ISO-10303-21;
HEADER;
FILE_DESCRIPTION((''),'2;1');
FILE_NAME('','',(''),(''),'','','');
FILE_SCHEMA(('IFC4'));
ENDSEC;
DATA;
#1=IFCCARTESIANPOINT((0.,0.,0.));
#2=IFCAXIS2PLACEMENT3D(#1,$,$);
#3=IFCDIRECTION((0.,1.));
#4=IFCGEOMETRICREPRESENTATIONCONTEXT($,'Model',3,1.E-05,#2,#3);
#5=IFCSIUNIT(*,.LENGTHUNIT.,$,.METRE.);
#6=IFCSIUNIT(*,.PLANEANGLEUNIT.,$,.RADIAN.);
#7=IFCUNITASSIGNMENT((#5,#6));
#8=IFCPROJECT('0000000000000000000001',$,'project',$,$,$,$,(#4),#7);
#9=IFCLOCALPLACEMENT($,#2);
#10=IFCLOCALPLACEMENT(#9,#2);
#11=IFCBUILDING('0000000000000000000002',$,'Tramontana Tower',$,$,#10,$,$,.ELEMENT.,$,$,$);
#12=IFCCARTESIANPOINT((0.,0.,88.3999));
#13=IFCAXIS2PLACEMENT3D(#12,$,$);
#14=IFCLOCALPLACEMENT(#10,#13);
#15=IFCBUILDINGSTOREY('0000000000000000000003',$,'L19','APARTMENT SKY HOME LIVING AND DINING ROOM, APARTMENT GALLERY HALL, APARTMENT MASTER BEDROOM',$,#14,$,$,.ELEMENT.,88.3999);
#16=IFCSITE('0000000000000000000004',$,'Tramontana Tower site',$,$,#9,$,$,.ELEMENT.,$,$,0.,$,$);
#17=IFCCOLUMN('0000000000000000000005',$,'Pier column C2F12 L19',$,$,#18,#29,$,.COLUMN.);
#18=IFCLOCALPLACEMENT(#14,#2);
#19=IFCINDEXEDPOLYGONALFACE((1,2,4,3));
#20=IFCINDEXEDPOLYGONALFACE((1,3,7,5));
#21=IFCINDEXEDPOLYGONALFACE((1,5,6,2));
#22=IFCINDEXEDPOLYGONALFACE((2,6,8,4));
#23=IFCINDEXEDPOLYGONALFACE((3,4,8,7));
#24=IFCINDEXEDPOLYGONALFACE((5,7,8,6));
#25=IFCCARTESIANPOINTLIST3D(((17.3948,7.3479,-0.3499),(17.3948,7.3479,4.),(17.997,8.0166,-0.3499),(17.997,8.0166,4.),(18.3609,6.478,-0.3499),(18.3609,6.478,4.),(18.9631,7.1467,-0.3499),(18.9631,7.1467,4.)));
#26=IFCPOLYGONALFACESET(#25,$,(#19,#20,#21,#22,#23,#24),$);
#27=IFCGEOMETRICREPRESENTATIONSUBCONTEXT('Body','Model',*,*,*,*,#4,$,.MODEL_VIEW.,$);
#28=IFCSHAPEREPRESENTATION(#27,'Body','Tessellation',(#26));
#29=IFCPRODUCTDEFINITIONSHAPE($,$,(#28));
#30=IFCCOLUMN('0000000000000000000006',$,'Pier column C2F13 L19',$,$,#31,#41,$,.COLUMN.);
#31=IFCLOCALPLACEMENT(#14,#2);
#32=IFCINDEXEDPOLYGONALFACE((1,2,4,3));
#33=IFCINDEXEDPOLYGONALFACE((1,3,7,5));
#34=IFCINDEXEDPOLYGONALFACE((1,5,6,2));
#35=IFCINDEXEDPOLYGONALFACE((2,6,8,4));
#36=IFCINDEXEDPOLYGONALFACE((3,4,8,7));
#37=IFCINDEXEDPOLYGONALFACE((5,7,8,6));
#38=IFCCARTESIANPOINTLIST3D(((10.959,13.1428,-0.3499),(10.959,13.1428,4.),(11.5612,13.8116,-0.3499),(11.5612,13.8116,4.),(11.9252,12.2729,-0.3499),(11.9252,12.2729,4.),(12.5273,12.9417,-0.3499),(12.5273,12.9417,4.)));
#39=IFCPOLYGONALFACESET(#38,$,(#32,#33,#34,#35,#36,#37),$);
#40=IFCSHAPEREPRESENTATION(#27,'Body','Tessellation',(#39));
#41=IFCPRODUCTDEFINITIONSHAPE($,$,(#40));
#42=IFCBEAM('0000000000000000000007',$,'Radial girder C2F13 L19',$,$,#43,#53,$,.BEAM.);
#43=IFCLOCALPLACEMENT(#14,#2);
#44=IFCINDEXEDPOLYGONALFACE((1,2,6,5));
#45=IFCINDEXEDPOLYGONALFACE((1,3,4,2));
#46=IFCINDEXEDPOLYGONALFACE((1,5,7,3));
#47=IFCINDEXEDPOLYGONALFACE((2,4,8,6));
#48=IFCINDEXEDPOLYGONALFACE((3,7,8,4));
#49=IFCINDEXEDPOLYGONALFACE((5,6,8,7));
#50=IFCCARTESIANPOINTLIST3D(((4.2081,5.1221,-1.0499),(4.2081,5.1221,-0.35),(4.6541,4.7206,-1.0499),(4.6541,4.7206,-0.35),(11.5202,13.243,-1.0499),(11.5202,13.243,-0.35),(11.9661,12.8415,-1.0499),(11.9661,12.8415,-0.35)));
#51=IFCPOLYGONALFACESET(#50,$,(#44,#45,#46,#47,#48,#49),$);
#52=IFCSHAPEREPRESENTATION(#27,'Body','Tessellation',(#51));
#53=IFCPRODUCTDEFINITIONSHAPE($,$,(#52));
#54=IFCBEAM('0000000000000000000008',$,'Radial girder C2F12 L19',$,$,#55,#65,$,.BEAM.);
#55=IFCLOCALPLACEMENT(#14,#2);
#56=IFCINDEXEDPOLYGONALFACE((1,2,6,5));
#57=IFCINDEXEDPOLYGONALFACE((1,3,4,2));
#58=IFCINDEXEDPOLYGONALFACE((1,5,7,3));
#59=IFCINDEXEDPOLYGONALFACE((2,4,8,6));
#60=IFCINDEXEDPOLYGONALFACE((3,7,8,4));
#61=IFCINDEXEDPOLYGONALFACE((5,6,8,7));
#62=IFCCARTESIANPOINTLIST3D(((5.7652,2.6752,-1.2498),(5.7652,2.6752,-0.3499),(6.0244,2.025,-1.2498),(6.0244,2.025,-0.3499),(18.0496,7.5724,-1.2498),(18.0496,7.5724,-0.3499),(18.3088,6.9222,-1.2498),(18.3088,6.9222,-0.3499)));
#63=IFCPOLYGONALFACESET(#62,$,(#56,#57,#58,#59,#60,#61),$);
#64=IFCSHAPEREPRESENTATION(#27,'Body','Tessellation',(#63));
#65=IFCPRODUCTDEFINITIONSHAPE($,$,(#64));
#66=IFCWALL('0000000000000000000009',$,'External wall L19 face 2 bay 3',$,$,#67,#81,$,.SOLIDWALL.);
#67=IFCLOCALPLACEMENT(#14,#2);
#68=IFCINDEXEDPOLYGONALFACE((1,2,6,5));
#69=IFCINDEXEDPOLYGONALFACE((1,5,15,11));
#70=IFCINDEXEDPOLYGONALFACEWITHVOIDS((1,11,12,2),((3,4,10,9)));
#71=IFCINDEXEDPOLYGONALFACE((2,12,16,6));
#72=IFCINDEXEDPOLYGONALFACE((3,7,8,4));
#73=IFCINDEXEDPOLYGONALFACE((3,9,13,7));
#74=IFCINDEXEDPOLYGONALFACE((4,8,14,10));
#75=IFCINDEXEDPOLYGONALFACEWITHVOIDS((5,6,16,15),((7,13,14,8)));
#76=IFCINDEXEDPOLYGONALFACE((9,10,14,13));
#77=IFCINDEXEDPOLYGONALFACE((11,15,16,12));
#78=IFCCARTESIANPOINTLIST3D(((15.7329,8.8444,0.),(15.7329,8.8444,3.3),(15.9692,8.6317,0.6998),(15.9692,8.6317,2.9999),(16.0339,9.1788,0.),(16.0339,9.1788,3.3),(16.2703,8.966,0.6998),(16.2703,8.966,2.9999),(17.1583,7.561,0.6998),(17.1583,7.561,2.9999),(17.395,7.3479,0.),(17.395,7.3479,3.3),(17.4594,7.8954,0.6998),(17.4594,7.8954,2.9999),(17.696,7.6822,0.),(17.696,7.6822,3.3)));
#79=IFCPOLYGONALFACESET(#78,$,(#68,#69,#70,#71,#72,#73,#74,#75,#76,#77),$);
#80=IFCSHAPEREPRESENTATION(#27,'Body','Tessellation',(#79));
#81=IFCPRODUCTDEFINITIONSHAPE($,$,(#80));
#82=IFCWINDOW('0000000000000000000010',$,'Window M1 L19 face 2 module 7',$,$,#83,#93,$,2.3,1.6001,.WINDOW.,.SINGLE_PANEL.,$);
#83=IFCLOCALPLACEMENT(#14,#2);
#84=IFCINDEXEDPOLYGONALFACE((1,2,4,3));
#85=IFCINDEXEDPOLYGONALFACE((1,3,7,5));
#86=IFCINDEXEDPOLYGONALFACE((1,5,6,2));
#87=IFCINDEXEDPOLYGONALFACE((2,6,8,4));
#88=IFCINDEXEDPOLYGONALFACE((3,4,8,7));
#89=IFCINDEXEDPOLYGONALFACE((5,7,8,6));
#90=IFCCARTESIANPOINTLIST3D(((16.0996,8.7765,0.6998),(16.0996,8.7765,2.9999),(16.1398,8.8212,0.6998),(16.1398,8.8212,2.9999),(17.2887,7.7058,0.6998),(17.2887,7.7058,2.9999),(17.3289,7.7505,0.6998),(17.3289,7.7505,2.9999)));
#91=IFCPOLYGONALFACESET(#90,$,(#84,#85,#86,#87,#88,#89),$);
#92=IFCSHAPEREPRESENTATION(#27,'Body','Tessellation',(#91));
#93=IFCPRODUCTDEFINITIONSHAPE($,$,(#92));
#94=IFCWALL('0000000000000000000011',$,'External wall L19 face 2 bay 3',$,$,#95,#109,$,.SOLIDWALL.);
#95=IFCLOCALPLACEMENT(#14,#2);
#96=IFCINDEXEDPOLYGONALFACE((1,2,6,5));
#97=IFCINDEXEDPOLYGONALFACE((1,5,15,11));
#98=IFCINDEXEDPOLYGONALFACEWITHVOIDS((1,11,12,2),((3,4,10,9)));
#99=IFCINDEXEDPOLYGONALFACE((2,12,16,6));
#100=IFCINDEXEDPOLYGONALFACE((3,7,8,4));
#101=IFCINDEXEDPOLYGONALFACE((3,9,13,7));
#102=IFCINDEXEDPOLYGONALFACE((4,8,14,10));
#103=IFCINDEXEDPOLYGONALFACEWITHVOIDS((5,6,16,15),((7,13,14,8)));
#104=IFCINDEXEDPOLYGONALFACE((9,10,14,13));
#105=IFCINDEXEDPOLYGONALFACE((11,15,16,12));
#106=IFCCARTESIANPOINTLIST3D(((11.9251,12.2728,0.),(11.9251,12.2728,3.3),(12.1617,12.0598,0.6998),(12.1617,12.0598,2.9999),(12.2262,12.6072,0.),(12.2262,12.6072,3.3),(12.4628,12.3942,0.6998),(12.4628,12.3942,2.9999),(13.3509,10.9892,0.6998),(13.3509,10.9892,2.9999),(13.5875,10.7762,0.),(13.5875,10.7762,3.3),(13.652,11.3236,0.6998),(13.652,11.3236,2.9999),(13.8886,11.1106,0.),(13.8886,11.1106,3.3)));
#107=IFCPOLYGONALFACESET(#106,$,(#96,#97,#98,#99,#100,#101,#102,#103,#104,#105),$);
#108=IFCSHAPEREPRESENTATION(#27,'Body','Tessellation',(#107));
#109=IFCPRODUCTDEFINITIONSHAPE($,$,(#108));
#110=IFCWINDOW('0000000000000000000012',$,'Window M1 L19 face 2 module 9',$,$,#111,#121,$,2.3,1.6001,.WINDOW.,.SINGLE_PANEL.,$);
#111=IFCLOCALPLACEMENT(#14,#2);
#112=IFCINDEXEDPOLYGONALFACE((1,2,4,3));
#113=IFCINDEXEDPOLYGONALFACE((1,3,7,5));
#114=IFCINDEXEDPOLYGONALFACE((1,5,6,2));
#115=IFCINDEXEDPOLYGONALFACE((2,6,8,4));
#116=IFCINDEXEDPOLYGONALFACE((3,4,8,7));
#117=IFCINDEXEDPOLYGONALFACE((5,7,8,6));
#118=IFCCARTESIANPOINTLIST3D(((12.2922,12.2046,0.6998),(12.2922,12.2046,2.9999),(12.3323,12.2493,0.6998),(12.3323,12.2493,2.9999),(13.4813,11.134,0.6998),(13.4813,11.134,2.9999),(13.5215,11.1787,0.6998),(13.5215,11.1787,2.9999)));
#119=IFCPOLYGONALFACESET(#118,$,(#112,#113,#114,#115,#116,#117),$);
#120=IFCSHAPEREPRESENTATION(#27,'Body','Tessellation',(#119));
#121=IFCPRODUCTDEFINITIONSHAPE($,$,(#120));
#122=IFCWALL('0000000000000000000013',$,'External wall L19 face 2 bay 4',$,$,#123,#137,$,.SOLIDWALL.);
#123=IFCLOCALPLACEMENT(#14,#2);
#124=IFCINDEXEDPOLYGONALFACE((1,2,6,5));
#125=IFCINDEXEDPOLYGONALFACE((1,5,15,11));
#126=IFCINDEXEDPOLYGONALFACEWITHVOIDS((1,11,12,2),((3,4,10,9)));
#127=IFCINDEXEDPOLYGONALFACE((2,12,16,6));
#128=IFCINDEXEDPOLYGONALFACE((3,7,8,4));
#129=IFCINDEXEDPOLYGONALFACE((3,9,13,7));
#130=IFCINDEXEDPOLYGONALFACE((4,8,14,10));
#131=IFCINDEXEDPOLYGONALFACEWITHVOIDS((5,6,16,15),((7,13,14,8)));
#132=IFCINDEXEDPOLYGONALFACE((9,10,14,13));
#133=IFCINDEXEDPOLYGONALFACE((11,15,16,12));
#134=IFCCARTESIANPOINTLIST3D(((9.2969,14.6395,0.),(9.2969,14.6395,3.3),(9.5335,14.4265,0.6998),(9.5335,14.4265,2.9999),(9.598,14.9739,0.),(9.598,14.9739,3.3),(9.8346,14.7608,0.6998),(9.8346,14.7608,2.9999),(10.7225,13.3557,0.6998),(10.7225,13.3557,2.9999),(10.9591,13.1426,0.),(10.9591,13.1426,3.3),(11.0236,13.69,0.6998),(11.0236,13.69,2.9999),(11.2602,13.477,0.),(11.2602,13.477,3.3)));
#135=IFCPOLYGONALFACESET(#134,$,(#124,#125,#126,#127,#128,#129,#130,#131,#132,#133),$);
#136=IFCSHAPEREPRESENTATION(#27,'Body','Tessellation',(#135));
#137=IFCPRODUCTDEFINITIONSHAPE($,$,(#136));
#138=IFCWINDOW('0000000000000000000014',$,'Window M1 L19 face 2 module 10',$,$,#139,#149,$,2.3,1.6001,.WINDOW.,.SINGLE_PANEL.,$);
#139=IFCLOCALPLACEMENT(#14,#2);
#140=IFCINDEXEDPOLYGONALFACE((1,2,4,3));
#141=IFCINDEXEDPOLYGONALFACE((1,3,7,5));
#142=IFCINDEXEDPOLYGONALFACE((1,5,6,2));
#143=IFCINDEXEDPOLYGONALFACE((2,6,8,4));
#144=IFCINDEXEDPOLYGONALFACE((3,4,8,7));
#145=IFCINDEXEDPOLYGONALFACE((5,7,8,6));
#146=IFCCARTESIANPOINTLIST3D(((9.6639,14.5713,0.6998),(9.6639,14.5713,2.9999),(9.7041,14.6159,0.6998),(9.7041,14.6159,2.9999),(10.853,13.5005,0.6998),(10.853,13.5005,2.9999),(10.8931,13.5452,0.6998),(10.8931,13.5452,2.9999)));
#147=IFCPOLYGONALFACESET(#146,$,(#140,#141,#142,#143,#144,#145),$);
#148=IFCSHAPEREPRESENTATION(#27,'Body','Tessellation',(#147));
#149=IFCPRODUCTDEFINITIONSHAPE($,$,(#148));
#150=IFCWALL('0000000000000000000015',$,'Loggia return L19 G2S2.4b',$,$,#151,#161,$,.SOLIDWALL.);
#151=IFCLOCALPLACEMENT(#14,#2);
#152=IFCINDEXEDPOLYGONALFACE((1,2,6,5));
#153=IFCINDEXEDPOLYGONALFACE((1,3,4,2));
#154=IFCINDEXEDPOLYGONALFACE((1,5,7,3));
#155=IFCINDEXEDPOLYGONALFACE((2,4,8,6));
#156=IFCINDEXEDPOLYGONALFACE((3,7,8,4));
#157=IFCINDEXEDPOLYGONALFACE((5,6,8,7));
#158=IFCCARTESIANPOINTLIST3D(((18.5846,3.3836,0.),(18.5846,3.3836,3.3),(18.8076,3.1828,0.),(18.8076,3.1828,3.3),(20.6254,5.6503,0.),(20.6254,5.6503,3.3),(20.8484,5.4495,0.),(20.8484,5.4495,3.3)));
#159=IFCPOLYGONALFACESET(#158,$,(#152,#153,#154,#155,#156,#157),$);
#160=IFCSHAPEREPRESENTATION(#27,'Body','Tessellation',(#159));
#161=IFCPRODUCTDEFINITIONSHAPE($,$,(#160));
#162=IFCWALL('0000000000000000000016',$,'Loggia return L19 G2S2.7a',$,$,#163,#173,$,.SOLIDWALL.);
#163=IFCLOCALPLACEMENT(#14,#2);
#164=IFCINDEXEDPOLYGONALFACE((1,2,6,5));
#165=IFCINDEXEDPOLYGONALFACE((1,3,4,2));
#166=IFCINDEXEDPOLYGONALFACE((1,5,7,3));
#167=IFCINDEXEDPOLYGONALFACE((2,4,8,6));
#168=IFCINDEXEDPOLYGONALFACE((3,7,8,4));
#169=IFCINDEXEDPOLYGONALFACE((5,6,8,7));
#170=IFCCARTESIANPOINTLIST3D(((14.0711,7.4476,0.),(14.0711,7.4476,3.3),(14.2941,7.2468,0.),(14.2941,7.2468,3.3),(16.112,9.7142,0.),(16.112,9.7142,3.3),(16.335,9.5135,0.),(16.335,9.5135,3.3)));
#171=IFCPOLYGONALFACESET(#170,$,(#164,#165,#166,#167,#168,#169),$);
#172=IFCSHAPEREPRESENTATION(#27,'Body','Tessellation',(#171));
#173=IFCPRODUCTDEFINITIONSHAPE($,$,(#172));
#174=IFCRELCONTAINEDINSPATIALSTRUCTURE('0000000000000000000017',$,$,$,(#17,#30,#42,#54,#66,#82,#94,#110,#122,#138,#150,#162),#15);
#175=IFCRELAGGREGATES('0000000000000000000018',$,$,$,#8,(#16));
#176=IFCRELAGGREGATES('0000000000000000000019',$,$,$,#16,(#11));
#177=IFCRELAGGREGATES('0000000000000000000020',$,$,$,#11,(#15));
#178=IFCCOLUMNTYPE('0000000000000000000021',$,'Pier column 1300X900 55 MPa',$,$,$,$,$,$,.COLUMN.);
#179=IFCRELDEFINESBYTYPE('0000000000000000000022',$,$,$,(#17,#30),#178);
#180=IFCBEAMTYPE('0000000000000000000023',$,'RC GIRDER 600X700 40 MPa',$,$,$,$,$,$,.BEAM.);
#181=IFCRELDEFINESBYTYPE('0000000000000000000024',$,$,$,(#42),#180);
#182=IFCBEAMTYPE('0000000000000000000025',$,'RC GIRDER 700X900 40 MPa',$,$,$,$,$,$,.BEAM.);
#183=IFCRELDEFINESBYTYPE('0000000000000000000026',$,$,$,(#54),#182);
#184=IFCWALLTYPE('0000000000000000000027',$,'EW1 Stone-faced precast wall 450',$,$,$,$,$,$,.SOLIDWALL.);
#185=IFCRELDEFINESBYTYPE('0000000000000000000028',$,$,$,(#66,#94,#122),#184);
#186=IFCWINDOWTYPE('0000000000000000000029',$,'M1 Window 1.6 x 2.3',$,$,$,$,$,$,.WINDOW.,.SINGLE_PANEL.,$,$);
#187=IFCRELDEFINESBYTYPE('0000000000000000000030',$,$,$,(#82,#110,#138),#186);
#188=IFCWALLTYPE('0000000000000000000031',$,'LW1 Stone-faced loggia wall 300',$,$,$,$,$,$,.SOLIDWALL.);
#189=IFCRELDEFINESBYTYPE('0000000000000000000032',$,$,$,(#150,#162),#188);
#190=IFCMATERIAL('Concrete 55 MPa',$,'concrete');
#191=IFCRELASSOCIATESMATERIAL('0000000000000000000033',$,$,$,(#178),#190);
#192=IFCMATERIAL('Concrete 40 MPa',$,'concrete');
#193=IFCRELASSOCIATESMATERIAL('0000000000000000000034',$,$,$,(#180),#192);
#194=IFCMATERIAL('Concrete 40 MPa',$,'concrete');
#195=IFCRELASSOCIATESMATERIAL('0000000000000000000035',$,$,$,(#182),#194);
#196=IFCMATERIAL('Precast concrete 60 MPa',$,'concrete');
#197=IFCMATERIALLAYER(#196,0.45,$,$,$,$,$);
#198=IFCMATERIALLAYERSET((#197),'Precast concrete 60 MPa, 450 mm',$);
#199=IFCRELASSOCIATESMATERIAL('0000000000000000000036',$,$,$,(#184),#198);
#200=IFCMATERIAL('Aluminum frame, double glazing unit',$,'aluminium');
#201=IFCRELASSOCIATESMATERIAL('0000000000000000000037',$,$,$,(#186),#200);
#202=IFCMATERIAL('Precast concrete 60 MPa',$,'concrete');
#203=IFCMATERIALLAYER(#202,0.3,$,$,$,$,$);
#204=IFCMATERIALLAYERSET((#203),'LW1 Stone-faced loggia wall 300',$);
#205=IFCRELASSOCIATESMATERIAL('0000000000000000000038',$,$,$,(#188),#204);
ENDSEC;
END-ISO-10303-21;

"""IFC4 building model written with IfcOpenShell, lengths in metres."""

from ifc_helpers import new_model, si_unit, direction, frame, frame_2d, origin, origin_2d, place, context, subcontext, project, spatial, rectangle, extrude, material, layer, layer_set, material_profile, profile_set, type_object, element, fill, save


model = new_model("IFC4")

# Units and contexts
model_context = context("Model", 3, precision=1e-05, world=origin(), true_north=direction((0.0, 1.0)))
body_context = subcontext(model_context, "Body", "Model", "MODEL_VIEW")
ifc_project = project(units=[si_unit("LENGTHUNIT", "METRE"), si_unit("PLANEANGLEUNIT", "RADIAN")], contexts=[model_context])

# Site, building, storey
site_placement = place(None, origin())
site = spatial("IfcSite", under=ifc_project, at=site_placement, Name="Tramontana Tower site", CompositionType="ELEMENT", RefElevation=0.0)
building_placement = place(site_placement, origin())
building = spatial("IfcBuilding", under=site, at=building_placement, Name="Tramontana Tower", CompositionType="ELEMENT")
storey_placement = place(building_placement, frame((0.0, 0.0, 88.3999)))
storey = spatial("IfcBuildingStorey", under=building, at=storey_placement, Name="L19", Description="APARTMENT SKY HOME LIVING AND DINING ROOM, APARTMENT GALLERY HALL, APARTMENT MASTER BEDROOM", CompositionType="ELEMENT", Elevation=88.3999)

# Columns
ifc_material_1 = material(Name="Concrete 55 MPa", Category="concrete")
ifc_material_profile_1 = material_profile(ifc_material_1, rectangle(XDim=1.3, YDim=0.8999, at=origin_2d()), Name="Pier column 1300X900 55 MPa")
ifc_profile_set_1 = profile_set([ifc_material_profile_1], Name="Concrete 55 MPa")
column_type = type_object("IfcColumnType", Name="Pier column 1300X900 55 MPa", PredefinedType="COLUMN", material=ifc_profile_set_1)
for number, where, z_axis, x_axis, name in (
    (1, (18.179, 7.2473, -0.3499), (0.0, 0.0, 1.0), (-0.743145, 0.669131, 0.0), "Pier column C2F12 L19"),
    (2, (11.7432, 13.0422, -0.3499), (0.0, 0.0, 1.0), (-0.743145, 0.669131, 0.0), "Pier column C2F13 L19"),
):
    element("IfcColumn", number, at=place(storey_placement, frame(where, z_axis=z_axis, x_axis=x_axis)), inside=storey, type_object=column_type, Name=name, PredefinedType="COLUMN", context=body_context, shape_type="SweptSolid", body=[
        extrude(rectangle(XDim=1.3, YDim=0.8999, at=origin_2d()), origin(), (0.0, 0.0, 1.0), 4.3499),
    ])

# Beams
ifc_material_2 = material(Name="Concrete 40 MPa", Category="concrete")
ifc_material_profile_2 = material_profile(ifc_material_2, rectangle(XDim=0.6001, YDim=0.7, at=origin_2d()), Name="RC GIRDER 600X700 40 MPa")
ifc_profile_set_2 = profile_set([ifc_material_profile_2], Name="Concrete 40 MPa")
beam_type_1 = type_object("IfcBeamType", Name="RC GIRDER 600X700 40 MPa", PredefinedType="BEAM", material=ifc_profile_set_2)
beam_1_placement = place(storey_placement, frame((11.7432, 13.0422, -0.7), z_axis=(-0.669129, -0.743146, 0.0), x_axis=(0.743146, -0.669129, 0.0)))
element("IfcBeam", 3, at=beam_1_placement, inside=storey, type_object=beam_type_1, Name="Radial girder C2F13 L19", PredefinedType="BEAM", context=body_context, shape_type="SweptSolid", body=[
    extrude(rectangle(XDim=0.6001, YDim=0.7, at=origin_2d()), origin(), (0.0, 0.0, 1.0), 10.9277),
])
ifc_material_3 = material(Name="Concrete 40 MPa", Category="concrete")
ifc_material_profile_3 = material_profile(ifc_material_3, rectangle(XDim=0.7, YDim=0.8999, at=origin_2d()), Name="RC GIRDER 700X900 40 MPa")
ifc_profile_set_3 = profile_set([ifc_material_profile_3], Name="Concrete 40 MPa")
beam_type_2 = type_object("IfcBeamType", Name="RC GIRDER 700X900 40 MPa", PredefinedType="BEAM", material=ifc_profile_set_3)
beam_2_placement = place(storey_placement, frame((18.1792, 7.2473, -0.7998), z_axis=(-0.928908, -0.370311, 0.0), x_axis=(0.370311, -0.928908, 0.0)))
element("IfcBeam", 4, at=beam_2_placement, inside=storey, type_object=beam_type_2, Name="Radial girder C2F12 L19", PredefinedType="BEAM", context=body_context, shape_type="SweptSolid", body=[
    extrude(rectangle(XDim=0.7, YDim=0.8999, at=origin_2d()), origin(), (0.0, 0.0, 1.0), 13.2246),
])

# Walls, openings, windows
ifc_material_4 = material(Name="Precast concrete 60 MPa", Category="concrete")
ifc_layer_1 = layer(ifc_material_4, 0.45)
ifc_layer_set_1 = layer_set([ifc_layer_1], Name="Precast concrete 60 MPa, 450 mm")
wall_type_1 = type_object("IfcWallType", Name="EW1 Stone-faced precast wall 450", PredefinedType="SOLIDWALL", material=ifc_layer_set_1)
wall_1_placement = place(storey_placement, frame((17.5454, 7.5151, 0.0), z_axis=(0.0, 0.0, 1.0), x_axis=(-0.743142, 0.669134, 0.0)))
wall_1 = element("IfcWall", 5, at=wall_1_placement, inside=storey, type_object=wall_type_1, Name="External wall L19 face 2 bay 3", PredefinedType="SOLIDWALL", context=body_context, shape_type="SweptSolid", body=[
    extrude(rectangle(XDim=2.2366, YDim=0.45, at=frame_2d((1.1182, 0.0))), origin(), (0.0, 0.0, 1.0), 3.3),
])
opening_1_placement = place(wall_1_placement, frame((0.3184, 0.0, 0.7)))
opening_1 = element("IfcOpeningElement", 6, at=opening_1_placement, cuts=wall_1, PredefinedType="OPENING", context=body_context, shape_type="SweptSolid", body=[
    extrude(rectangle(XDim=1.6001, YDim=2.3, at=frame_2d((0.8, 1.1499))), frame((0.0, 0.2349, 0.0), z_axis=(0.0, -1.0, 0.0), x_axis=(1.0, 0.0, 0.0)), (0.0, 0.0, 1.0), 0.47),
])
ifc_material_5 = material(Name="Aluminum frame, double glazing unit", Category="aluminium")
window_type = type_object("IfcWindowType", Name="M1 Window 1.6 x 2.3", PartitioningType="SINGLE_PANEL", PredefinedType="WINDOW", material=ifc_material_5)
window_1_placement = place(opening_1_placement, origin())
window_1 = element("IfcWindow", 7, at=window_1_placement, inside=storey, type_object=window_type, Name="Window M1 L19 face 2 module 7", OverallHeight=2.3, OverallWidth=1.6001, PartitioningType="SINGLE_PANEL", PredefinedType="WINDOW", context=body_context, shape_type="SweptSolid", body=[
    extrude(rectangle(XDim=1.6001, YDim=2.3, at=frame_2d((0.8, 1.1499))), frame((0.0, 0.03, 0.0), z_axis=(0.0, -1.0, 0.0), x_axis=(1.0, 0.0, 0.0)), (0.0, 0.0, 1.0), 0.0601),
])
fill(opening_1, window_1)
wall_2_placement = place(storey_placement, frame((13.738, 10.9434, 0.0), z_axis=(0.0, 0.0, 1.0), x_axis=(-0.743191, 0.669079, 0.0)))
wall_2 = element("IfcWall", 8, at=wall_2_placement, inside=storey, type_object=wall_type_1, Name="External wall L19 face 2 bay 3", PredefinedType="SOLIDWALL", context=body_context, shape_type="SweptSolid", body=[
    extrude(rectangle(XDim=2.2368, YDim=0.45, at=frame_2d((1.1184, 0.0))), origin(), (0.0, 0.0, 1.0), 3.3),
])
opening_2_placement = place(wall_2_placement, frame((0.3184, 0.0, 0.7)))
opening_2 = element("IfcOpeningElement", 9, at=opening_2_placement, cuts=wall_2, PredefinedType="OPENING", context=body_context, shape_type="SweptSolid", body=[
    extrude(rectangle(XDim=1.6001, YDim=2.3, at=frame_2d((0.8, 1.1499))), frame((0.0, 0.2349, 0.0), z_axis=(0.0, -1.0, 0.0), x_axis=(1.0, 0.0, 0.0)), (0.0, 0.0, 1.0), 0.47),
])
window_2_placement = place(opening_2_placement, origin())
window_2 = element("IfcWindow", 10, at=window_2_placement, inside=storey, type_object=window_type, Name="Window M1 L19 face 2 module 9", OverallHeight=2.3, OverallWidth=1.6001, PartitioningType="SINGLE_PANEL", PredefinedType="WINDOW", context=body_context, shape_type="SweptSolid", body=[
    extrude(rectangle(XDim=1.6001, YDim=2.3, at=frame_2d((0.8, 1.1499))), frame((0.0, 0.03, 0.0), z_axis=(0.0, -1.0, 0.0), x_axis=(1.0, 0.0, 0.0)), (0.0, 0.0, 1.0), 0.0601),
])
fill(opening_2, window_2)
wall_3_placement = place(storey_placement, frame((11.1096, 13.3098, 0.0), z_axis=(0.0, 0.0, 1.0), x_axis=(-0.743088, 0.669194, 0.0)))
wall_3 = element("IfcWall", 11, at=wall_3_placement, inside=storey, type_object=wall_type_1, Name="External wall L19 face 2 bay 4", PredefinedType="SOLIDWALL", context=body_context, shape_type="SweptSolid", body=[
    extrude(rectangle(XDim=2.2368, YDim=0.45, at=frame_2d((1.1184, 0.0))), origin(), (0.0, 0.0, 1.0), 3.3),
])
opening_3_placement = place(wall_3_placement, frame((0.3184, 0.0, 0.7)))
opening_3 = element("IfcOpeningElement", 12, at=opening_3_placement, cuts=wall_3, PredefinedType="OPENING", context=body_context, shape_type="SweptSolid", body=[
    extrude(rectangle(XDim=1.6001, YDim=2.3, at=frame_2d((0.8, 1.1499))), frame((0.0, 0.2349, 0.0), z_axis=(0.0, -1.0, 0.0), x_axis=(1.0, 0.0, 0.0)), (0.0, 0.0, 1.0), 0.47),
])
window_3_placement = place(opening_3_placement, origin())
window_3 = element("IfcWindow", 13, at=window_3_placement, inside=storey, type_object=window_type, Name="Window M1 L19 face 2 module 10", OverallHeight=2.3, OverallWidth=1.6001, PartitioningType="SINGLE_PANEL", PredefinedType="WINDOW", context=body_context, shape_type="SweptSolid", body=[
    extrude(rectangle(XDim=1.6001, YDim=2.3, at=frame_2d((0.8, 1.1499))), frame((0.0, 0.03, 0.0), z_axis=(0.0, -1.0, 0.0), x_axis=(1.0, 0.0, 0.0)), (0.0, 0.0, 1.0), 0.0601),
])
fill(opening_3, window_3)

# Wall
ifc_material_6 = material(Name="Precast concrete 60 MPa", Category="concrete")
ifc_layer_2 = layer(ifc_material_6, 0.3)
ifc_layer_set_2 = layer_set([ifc_layer_2], Name="LW1 Stone-faced loggia wall 300")
wall_type_2 = type_object("IfcWallType", Name="LW1 Stone-faced loggia wall 300", PredefinedType="SOLIDWALL", material=ifc_layer_set_2)
wall_4_placement = place(storey_placement, frame((20.7368, 5.5498, 0.0), z_axis=(0.0, 0.0, 1.0), x_axis=(-0.669115, -0.743159, 0.0)))
element("IfcWall", 14, at=wall_4_placement, inside=storey, type_object=wall_type_2, Name="Loggia return L19 G2S2.4b", PredefinedType="SOLIDWALL", context=body_context, shape_type="SweptSolid", body=[
    extrude(rectangle(XDim=3.05, YDim=0.3, at=frame_2d((1.5249, 0.0))), origin(), (0.0, 0.0, 1.0), 3.3),
])

# Wall
for number, where, z_axis, x_axis, name in (
    (15, (16.2234, 9.6138, 0.0), (0.0, 0.0, 1.0), (-0.669115, -0.743159, 0.0), "Loggia return L19 G2S2.7a"),
):
    element("IfcWall", number, at=place(storey_placement, frame(where, z_axis=z_axis, x_axis=x_axis)), inside=storey, type_object=wall_type_2, Name=name, PredefinedType="SOLIDWALL", context=body_context, shape_type="SweptSolid", body=[
        extrude(rectangle(XDim=3.05, YDim=0.3, at=frame_2d((1.5249, 0.0))), origin(), (0.0, 0.0, 1.0), 3.3),
    ])

save(model, "model.ifc")
